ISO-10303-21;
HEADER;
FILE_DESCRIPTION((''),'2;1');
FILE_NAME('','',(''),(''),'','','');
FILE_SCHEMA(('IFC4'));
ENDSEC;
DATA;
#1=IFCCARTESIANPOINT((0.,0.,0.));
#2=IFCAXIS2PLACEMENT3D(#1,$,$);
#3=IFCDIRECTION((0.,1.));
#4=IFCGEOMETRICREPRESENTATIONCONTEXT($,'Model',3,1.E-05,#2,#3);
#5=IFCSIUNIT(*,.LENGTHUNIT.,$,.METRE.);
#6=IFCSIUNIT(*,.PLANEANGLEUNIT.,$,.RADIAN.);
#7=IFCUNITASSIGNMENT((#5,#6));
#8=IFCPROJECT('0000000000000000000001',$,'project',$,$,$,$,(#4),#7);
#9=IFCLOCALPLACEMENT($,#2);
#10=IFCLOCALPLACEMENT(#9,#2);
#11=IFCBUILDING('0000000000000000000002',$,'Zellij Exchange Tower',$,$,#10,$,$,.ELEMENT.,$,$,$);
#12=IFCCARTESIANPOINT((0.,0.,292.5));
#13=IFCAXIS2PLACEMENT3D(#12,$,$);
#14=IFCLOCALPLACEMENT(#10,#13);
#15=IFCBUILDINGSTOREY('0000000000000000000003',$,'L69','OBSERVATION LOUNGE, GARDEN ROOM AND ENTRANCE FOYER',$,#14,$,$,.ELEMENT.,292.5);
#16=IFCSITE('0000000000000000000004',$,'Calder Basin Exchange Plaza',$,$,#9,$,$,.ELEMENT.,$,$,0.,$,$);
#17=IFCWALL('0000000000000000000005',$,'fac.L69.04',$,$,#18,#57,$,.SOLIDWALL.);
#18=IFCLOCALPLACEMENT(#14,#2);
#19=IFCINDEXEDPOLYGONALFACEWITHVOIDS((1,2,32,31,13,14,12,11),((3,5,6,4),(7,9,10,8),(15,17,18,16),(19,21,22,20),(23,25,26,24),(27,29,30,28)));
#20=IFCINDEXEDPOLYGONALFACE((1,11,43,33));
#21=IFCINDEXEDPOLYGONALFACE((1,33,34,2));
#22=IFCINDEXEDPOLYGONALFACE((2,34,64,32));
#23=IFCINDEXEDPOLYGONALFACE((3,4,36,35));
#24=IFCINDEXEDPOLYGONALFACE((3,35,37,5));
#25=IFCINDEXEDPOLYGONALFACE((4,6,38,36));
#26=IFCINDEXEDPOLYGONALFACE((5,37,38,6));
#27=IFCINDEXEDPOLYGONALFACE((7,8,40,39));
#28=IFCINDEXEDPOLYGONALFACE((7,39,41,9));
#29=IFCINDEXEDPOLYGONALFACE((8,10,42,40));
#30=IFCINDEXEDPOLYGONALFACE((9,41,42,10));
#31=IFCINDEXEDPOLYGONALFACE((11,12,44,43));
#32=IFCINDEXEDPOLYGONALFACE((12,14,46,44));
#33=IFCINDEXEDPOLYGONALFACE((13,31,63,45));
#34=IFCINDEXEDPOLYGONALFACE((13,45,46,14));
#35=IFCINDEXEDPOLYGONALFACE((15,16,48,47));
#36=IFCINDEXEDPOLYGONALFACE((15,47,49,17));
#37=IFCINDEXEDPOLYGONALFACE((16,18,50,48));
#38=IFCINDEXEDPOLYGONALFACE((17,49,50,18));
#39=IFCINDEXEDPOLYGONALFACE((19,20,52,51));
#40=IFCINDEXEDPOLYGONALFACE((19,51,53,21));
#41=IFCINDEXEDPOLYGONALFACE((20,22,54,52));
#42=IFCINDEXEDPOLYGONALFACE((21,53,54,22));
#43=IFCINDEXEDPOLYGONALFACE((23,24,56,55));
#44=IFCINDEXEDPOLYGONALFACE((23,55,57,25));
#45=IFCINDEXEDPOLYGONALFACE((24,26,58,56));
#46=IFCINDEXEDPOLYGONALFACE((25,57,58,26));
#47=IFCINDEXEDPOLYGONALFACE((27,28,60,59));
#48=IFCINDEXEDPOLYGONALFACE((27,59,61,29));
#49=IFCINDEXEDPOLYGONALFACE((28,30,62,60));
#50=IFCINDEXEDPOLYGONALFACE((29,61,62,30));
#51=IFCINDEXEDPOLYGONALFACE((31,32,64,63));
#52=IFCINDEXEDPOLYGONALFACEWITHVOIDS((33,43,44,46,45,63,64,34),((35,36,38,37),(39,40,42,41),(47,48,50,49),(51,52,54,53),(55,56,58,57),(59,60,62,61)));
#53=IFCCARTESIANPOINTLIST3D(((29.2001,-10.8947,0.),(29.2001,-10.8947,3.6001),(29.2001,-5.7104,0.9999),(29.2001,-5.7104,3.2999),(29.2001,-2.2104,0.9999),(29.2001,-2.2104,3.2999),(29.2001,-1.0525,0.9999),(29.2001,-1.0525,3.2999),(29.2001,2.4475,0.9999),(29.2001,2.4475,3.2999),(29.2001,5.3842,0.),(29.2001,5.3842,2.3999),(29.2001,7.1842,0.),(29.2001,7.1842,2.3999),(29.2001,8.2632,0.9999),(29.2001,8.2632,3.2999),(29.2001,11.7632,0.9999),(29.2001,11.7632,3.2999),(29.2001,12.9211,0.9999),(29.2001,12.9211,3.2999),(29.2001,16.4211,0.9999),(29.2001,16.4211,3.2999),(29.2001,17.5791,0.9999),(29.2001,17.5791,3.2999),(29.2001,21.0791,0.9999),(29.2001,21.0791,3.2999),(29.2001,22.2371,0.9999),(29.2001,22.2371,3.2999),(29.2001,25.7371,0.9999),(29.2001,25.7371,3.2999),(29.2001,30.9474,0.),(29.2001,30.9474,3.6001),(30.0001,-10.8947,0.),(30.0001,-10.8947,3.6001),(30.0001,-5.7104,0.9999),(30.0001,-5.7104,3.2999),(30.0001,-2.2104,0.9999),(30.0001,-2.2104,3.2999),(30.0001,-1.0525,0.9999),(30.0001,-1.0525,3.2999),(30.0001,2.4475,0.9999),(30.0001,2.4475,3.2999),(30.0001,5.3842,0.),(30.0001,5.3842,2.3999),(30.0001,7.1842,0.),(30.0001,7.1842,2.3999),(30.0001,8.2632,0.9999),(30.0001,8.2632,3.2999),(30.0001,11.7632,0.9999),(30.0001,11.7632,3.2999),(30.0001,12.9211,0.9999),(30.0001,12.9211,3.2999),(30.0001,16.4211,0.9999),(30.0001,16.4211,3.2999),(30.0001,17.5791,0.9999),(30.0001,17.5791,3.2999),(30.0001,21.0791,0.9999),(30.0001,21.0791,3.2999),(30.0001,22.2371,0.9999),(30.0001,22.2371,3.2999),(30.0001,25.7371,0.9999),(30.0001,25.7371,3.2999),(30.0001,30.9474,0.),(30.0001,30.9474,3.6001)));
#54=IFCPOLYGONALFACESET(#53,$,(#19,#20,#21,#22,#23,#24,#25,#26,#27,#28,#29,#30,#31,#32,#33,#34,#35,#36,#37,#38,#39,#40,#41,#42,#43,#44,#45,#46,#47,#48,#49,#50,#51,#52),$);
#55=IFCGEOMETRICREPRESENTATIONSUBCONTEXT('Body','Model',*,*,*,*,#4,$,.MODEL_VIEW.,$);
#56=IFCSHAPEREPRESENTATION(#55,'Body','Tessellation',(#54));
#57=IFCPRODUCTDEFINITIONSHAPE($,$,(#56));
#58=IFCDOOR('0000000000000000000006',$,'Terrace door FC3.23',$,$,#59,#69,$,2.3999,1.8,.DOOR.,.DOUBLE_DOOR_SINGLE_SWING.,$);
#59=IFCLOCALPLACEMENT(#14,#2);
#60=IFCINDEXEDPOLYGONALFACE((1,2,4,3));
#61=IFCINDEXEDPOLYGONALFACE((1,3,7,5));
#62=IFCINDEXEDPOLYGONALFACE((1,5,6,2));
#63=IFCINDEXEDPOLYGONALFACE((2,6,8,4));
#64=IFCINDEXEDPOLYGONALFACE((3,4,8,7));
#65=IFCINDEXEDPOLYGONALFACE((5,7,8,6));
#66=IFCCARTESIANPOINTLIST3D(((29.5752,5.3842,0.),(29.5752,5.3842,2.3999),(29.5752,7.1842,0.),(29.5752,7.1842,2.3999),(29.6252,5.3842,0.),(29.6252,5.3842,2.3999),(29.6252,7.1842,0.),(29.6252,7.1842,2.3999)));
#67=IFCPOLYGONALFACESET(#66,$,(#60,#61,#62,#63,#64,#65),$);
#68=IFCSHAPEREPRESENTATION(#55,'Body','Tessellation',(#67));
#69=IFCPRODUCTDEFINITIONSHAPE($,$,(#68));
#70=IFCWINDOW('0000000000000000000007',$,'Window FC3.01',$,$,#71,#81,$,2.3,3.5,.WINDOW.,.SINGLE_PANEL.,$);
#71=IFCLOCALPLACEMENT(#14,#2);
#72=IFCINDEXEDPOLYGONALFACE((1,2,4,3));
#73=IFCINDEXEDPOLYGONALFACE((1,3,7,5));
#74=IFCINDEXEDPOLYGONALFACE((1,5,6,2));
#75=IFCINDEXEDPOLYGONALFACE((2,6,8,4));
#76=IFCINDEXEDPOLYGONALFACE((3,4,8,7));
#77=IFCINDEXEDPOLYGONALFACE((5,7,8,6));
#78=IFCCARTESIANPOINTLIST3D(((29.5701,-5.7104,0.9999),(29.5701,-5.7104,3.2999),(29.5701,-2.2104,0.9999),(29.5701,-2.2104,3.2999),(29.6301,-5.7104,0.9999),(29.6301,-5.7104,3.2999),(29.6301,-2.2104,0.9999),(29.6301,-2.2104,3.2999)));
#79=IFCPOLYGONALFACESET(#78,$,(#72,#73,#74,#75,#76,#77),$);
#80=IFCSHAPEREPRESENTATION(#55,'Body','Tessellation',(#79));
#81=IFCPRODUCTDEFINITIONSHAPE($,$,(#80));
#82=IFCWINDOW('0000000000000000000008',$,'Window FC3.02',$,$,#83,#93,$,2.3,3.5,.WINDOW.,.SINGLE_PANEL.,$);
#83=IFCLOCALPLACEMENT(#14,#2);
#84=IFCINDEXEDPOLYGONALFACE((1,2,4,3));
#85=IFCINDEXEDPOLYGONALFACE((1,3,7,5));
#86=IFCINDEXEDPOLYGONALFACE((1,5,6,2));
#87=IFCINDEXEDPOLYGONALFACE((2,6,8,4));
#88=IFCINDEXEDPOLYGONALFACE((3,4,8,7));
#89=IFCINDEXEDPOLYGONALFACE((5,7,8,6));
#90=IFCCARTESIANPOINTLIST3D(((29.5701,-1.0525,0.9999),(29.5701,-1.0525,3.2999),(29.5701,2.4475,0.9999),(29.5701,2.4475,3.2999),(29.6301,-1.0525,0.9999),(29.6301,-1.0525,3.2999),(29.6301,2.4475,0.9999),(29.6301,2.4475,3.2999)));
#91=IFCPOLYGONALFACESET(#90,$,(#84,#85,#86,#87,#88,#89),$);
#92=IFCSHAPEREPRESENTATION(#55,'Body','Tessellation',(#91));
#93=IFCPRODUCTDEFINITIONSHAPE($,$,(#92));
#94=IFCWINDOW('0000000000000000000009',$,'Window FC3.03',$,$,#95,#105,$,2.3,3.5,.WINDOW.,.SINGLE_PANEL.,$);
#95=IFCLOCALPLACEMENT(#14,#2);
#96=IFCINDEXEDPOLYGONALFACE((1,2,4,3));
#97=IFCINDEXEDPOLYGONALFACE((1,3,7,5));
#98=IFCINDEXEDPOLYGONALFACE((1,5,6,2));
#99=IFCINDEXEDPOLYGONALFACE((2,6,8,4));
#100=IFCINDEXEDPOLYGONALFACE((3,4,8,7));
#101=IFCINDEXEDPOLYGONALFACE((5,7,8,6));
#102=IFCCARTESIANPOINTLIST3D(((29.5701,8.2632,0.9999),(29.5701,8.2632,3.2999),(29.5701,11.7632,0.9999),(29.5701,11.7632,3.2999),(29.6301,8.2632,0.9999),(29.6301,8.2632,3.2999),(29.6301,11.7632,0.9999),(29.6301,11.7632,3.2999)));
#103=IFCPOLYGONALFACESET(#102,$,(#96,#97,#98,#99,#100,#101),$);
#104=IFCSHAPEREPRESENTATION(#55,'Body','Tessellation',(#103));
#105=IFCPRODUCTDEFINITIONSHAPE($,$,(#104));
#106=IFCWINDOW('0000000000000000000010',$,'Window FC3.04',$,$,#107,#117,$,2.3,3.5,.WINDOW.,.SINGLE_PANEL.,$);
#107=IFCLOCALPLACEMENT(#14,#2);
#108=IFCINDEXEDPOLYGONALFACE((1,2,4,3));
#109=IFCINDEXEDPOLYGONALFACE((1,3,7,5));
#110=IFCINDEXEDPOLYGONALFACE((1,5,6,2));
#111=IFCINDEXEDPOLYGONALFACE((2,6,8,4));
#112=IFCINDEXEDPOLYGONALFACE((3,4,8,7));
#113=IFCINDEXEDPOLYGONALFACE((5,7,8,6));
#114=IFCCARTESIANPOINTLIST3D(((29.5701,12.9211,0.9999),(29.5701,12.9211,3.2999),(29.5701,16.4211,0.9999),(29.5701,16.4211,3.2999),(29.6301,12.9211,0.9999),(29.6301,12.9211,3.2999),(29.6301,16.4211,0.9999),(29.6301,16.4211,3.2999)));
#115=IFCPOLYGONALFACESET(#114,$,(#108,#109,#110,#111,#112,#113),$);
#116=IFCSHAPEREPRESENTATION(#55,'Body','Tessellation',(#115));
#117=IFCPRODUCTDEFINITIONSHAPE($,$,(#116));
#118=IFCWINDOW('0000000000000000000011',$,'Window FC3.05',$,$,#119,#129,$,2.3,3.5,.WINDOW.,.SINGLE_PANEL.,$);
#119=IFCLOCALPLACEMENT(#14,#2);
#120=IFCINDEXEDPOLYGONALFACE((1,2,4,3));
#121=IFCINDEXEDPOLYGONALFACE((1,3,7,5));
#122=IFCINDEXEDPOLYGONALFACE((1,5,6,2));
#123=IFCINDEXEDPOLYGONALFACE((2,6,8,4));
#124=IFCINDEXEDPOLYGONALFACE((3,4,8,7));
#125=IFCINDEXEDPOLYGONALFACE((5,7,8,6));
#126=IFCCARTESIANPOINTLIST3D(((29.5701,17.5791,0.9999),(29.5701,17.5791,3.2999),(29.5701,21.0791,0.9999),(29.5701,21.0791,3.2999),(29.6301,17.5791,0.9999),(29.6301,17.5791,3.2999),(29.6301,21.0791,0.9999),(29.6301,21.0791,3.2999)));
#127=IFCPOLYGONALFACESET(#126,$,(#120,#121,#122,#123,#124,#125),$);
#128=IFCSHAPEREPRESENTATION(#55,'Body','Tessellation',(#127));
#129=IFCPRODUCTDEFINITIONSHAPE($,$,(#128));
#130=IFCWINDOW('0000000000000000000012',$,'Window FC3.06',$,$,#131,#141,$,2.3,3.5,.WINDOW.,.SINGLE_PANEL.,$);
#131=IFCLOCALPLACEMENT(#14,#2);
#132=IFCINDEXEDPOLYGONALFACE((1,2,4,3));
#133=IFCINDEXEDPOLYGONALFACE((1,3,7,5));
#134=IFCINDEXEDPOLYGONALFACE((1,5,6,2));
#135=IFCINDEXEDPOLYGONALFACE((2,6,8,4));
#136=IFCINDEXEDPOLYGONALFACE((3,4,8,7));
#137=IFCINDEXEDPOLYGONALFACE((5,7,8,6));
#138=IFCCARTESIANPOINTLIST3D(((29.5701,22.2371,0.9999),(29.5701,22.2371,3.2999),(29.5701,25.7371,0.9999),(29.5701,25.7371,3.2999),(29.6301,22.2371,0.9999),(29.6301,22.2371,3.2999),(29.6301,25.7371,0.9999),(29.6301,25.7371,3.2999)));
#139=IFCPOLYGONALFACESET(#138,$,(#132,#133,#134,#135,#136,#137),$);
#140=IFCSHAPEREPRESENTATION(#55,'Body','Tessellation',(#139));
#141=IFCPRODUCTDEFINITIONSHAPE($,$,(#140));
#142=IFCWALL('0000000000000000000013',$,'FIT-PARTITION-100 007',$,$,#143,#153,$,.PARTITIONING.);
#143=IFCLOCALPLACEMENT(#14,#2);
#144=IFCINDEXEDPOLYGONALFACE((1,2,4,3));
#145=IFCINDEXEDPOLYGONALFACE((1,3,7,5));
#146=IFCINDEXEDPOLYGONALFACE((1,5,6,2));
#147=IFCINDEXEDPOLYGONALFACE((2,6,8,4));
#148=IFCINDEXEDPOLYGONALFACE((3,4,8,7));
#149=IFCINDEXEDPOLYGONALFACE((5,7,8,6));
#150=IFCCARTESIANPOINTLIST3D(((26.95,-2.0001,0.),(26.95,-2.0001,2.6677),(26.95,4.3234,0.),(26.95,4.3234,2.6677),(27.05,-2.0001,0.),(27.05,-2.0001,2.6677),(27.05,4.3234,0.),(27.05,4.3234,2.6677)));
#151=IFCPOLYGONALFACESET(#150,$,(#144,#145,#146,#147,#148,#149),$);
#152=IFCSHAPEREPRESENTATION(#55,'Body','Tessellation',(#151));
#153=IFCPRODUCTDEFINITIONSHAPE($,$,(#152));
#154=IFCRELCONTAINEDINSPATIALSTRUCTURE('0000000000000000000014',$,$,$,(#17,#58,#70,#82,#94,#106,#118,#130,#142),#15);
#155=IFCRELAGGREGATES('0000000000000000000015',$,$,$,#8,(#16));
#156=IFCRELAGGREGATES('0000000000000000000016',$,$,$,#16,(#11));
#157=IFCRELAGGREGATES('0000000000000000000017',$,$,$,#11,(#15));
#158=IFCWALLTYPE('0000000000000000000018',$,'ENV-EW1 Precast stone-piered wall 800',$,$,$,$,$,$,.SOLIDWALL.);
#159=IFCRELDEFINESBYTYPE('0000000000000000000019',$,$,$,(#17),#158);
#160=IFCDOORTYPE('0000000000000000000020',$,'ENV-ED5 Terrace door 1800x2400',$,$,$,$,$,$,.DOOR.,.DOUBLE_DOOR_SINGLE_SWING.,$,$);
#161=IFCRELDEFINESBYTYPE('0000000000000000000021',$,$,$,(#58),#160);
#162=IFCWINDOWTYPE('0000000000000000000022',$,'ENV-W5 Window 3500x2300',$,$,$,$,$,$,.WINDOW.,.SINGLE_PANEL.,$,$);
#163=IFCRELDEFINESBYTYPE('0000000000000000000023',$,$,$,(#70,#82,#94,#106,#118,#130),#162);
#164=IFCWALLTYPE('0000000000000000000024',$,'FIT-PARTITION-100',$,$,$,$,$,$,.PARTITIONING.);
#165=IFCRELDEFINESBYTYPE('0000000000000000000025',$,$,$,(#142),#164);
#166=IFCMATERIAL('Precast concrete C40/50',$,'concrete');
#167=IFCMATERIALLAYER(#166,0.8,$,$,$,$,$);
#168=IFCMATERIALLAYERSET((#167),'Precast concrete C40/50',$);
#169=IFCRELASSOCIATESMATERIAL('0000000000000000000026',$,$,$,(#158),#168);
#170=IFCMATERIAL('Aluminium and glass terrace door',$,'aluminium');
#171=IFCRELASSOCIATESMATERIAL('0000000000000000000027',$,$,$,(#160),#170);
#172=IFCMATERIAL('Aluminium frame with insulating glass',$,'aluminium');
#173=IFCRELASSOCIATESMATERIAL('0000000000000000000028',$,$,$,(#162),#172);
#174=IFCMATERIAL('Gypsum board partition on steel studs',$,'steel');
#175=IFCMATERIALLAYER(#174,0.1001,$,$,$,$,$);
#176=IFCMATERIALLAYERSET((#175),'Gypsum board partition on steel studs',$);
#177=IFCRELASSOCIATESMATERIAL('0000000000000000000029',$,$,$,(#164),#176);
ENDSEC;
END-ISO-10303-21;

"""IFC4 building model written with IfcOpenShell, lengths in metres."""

from ifc_helpers import new_model, si_unit, direction, frame, frame_2d, origin, place, context, subcontext, project, spatial, rectangle, extrude, material, layer, layer_set, type_object, element, fill, save


model = new_model("IFC4")

# Units and contexts
model_context = context("Model", 3, precision=1e-05, world=origin(), true_north=direction((0.0, 1.0)))
body_context = subcontext(model_context, "Body", "Model", "MODEL_VIEW")
ifc_project = project(units=[si_unit("LENGTHUNIT", "METRE"), si_unit("PLANEANGLEUNIT", "RADIAN")], contexts=[model_context])

# Site, building, storey
site_placement = place(None, origin())
site = spatial("IfcSite", under=ifc_project, at=site_placement, Name="Calder Basin Exchange Plaza", CompositionType="ELEMENT", RefElevation=0.0)
building_placement = place(site_placement, origin())
building = spatial("IfcBuilding", under=site, at=building_placement, Name="Zellij Exchange Tower", CompositionType="ELEMENT")
storey_placement = place(building_placement, frame((0.0, 0.0, 292.5)))
storey = spatial("IfcBuildingStorey", under=building, at=storey_placement, Name="L69", Description="OBSERVATION LOUNGE, GARDEN ROOM AND ENTRANCE FOYER", CompositionType="ELEMENT", Elevation=292.5)

# Shared definitions
ifc_material_1 = material(Name="Precast concrete C40/50", Category="concrete")
ifc_layer_1 = layer(ifc_material_1, 0.8)
ifc_layer_set_1 = layer_set([ifc_layer_1], Name="Precast concrete C40/50")
wall_type_1 = type_object("IfcWallType", Name="ENV-EW1 Precast stone-piered wall 800", PredefinedType="SOLIDWALL", material=ifc_layer_set_1)

# Wall, openings, door, windows
wall_1_placement = place(storey_placement, frame((29.6001, -10.8945, 0.0), z_axis=(0.0, 0.0, 1.0), x_axis=(0.0, 1.0, 0.0)))
wall_1 = element("IfcWall", 1, at=wall_1_placement, inside=storey, type_object=wall_type_1, Name="fac.L69.04", PredefinedType="SOLIDWALL", context=body_context, shape_type="SweptSolid", body=[
    extrude(rectangle(XDim=41.842, YDim=0.8, at=frame_2d((20.9209, 0.0))), origin(), (0.0, 0.0, 1.0), 3.6001),
])
opening_1_placement = place(wall_1_placement, frame((5.1841, 0.0, 1.0)))
opening_1 = element("IfcOpeningElement", 2, at=opening_1_placement, cuts=wall_1, PredefinedType="OPENING", context=body_context, shape_type="SweptSolid", body=[
    extrude(rectangle(XDim=3.5, YDim=2.3, at=frame_2d((1.75, 1.1499))), frame((0.0, 0.4121, 0.0), z_axis=(0.0, -1.0, 0.0), x_axis=(1.0, 0.0, 0.0)), (0.0, 0.0, 1.0), 0.824),
])
opening_2_placement = place(wall_1_placement, frame((9.842, 0.0, 1.0)))
opening_2 = element("IfcOpeningElement", 3, at=opening_2_placement, cuts=wall_1, PredefinedType="OPENING", context=body_context, shape_type="SweptSolid", body=[
    extrude(rectangle(XDim=3.5, YDim=2.3, at=frame_2d((1.75, 1.1499))), frame((0.0, 0.4121, 0.0), z_axis=(0.0, -1.0, 0.0), x_axis=(1.0, 0.0, 0.0)), (0.0, 0.0, 1.0), 0.824),
])
opening_3_placement = place(wall_1_placement, frame((19.1577, 0.0, 1.0)))
opening_3 = element("IfcOpeningElement", 4, at=opening_3_placement, cuts=wall_1, PredefinedType="OPENING", context=body_context, shape_type="SweptSolid", body=[
    extrude(rectangle(XDim=3.5, YDim=2.3, at=frame_2d((1.75, 1.1499))), frame((0.0, 0.4121, 0.0), z_axis=(0.0, -1.0, 0.0), x_axis=(1.0, 0.0, 0.0)), (0.0, 0.0, 1.0), 0.824),
])
opening_4_placement = place(wall_1_placement, frame((23.8157, 0.0, 1.0)))
opening_4 = element("IfcOpeningElement", 5, at=opening_4_placement, cuts=wall_1, PredefinedType="OPENING", context=body_context, shape_type="SweptSolid", body=[
    extrude(rectangle(XDim=3.5, YDim=2.3, at=frame_2d((1.75, 1.1499))), frame((0.0, 0.4121, 0.0), z_axis=(0.0, -1.0, 0.0), x_axis=(1.0, 0.0, 0.0)), (0.0, 0.0, 1.0), 0.824),
])
opening_5_placement = place(wall_1_placement, frame((28.4736, 0.0, 1.0)))
opening_5 = element("IfcOpeningElement", 6, at=opening_5_placement, cuts=wall_1, PredefinedType="OPENING", context=body_context, shape_type="SweptSolid", body=[
    extrude(rectangle(XDim=3.5, YDim=2.3, at=frame_2d((1.75, 1.1499))), frame((0.0, 0.4121, 0.0), z_axis=(0.0, -1.0, 0.0), x_axis=(1.0, 0.0, 0.0)), (0.0, 0.0, 1.0), 0.824),
])
opening_6_placement = place(wall_1_placement, frame((33.1316, 0.0, 1.0)))
opening_6 = element("IfcOpeningElement", 7, at=opening_6_placement, cuts=wall_1, PredefinedType="OPENING", context=body_context, shape_type="SweptSolid", body=[
    extrude(rectangle(XDim=3.5, YDim=2.3, at=frame_2d((1.75, 1.1499))), frame((0.0, 0.4121, 0.0), z_axis=(0.0, -1.0, 0.0), x_axis=(1.0, 0.0, 0.0)), (0.0, 0.0, 1.0), 0.824),
])
opening_7_placement = place(wall_1_placement, frame((16.2788, 0.0, 0.0)))
opening_7 = element("IfcOpeningElement", 8, at=opening_7_placement, cuts=wall_1, PredefinedType="OPENING", context=body_context, shape_type="SweptSolid", body=[
    extrude(rectangle(XDim=1.8, YDim=2.3999, at=frame_2d((0.8999, 1.2))), frame((0.0, 0.4121, 0.0), z_axis=(0.0, -1.0, 0.0), x_axis=(1.0, 0.0, 0.0)), (0.0, 0.0, 1.0), 0.824),
])
ifc_material_2 = material(Name="Aluminium and glass terrace door", Category="aluminium")
door_type_1 = type_object("IfcDoorType", Name="ENV-ED5 Terrace door 1800x2400", OperationType="DOUBLE_DOOR_SINGLE_SWING", PredefinedType="DOOR", material=ifc_material_2)
door_1_placement = place(opening_7_placement, origin())
door_1 = element("IfcDoor", 9, at=door_1_placement, inside=storey, type_object=door_type_1, Name="Terrace door FC3.23", OperationType="DOUBLE_DOOR_SINGLE_SWING", OverallHeight=2.3999, OverallWidth=1.8, PredefinedType="DOOR", context=body_context, shape_type="SweptSolid", body=[
    extrude(rectangle(XDim=1.8, YDim=2.3999, at=frame_2d((0.8999, 1.2))), frame((0.0, 0.0249, 0.0), z_axis=(0.0, -1.0, 0.0), x_axis=(1.0, 0.0, 0.0)), (0.0, 0.0, 1.0), 0.05),
])
fill(opening_7, door_1)
ifc_material_3 = material(Name="Aluminium frame with insulating glass", Category="aluminium")
window_type = type_object("IfcWindowType", Name="ENV-W5 Window 3500x2300", PartitioningType="SINGLE_PANEL", PredefinedType="WINDOW", material=ifc_material_3)
window_1_placement = place(opening_1_placement, origin())
window_1 = element("IfcWindow", 10, at=window_1_placement, inside=storey, type_object=window_type, Name="Window FC3.01", OverallHeight=2.3, OverallWidth=3.5, PartitioningType="SINGLE_PANEL", PredefinedType="WINDOW", context=body_context, shape_type="SweptSolid", body=[
    extrude(rectangle(XDim=3.5, YDim=2.3, at=frame_2d((1.75, 1.1499))), frame((0.0, 0.03, 0.0), z_axis=(0.0, -1.0, 0.0), x_axis=(1.0, 0.0, 0.0)), (0.0, 0.0, 1.0), 0.0601),
])
fill(opening_1, window_1)
window_2_placement = place(opening_2_placement, origin())
window_2 = element("IfcWindow", 11, at=window_2_placement, inside=storey, type_object=window_type, Name="Window FC3.02", OverallHeight=2.3, OverallWidth=3.5, PartitioningType="SINGLE_PANEL", PredefinedType="WINDOW", context=body_context, shape_type="SweptSolid", body=[
    extrude(rectangle(XDim=3.5, YDim=2.3, at=frame_2d((1.75, 1.1499))), frame((0.0, 0.03, 0.0), z_axis=(0.0, -1.0, 0.0), x_axis=(1.0, 0.0, 0.0)), (0.0, 0.0, 1.0), 0.0601),
])
fill(opening_2, window_2)
window_3_placement = place(opening_3_placement, origin())
window_3 = element("IfcWindow", 12, at=window_3_placement, inside=storey, type_object=window_type, Name="Window FC3.03", OverallHeight=2.3, OverallWidth=3.5, PartitioningType="SINGLE_PANEL", PredefinedType="WINDOW", context=body_context, shape_type="SweptSolid", body=[
    extrude(rectangle(XDim=3.5, YDim=2.3, at=frame_2d((1.75, 1.1499))), frame((0.0, 0.03, 0.0), z_axis=(0.0, -1.0, 0.0), x_axis=(1.0, 0.0, 0.0)), (0.0, 0.0, 1.0), 0.0601),
])
fill(opening_3, window_3)
window_4_placement = place(opening_4_placement, origin())
window_4 = element("IfcWindow", 13, at=window_4_placement, inside=storey, type_object=window_type, Name="Window FC3.04", OverallHeight=2.3, OverallWidth=3.5, PartitioningType="SINGLE_PANEL", PredefinedType="WINDOW", context=body_context, shape_type="SweptSolid", body=[
    extrude(rectangle(XDim=3.5, YDim=2.3, at=frame_2d((1.75, 1.1499))), frame((0.0, 0.03, 0.0), z_axis=(0.0, -1.0, 0.0), x_axis=(1.0, 0.0, 0.0)), (0.0, 0.0, 1.0), 0.0601),
])
fill(opening_4, window_4)
window_5_placement = place(opening_5_placement, origin())
window_5 = element("IfcWindow", 14, at=window_5_placement, inside=storey, type_object=window_type, Name="Window FC3.05", OverallHeight=2.3, OverallWidth=3.5, PartitioningType="SINGLE_PANEL", PredefinedType="WINDOW", context=body_context, shape_type="SweptSolid", body=[
    extrude(rectangle(XDim=3.5, YDim=2.3, at=frame_2d((1.75, 1.1499))), frame((0.0, 0.03, 0.0), z_axis=(0.0, -1.0, 0.0), x_axis=(1.0, 0.0, 0.0)), (0.0, 0.0, 1.0), 0.0601),
])
fill(opening_5, window_5)
window_6_placement = place(opening_6_placement, origin())
window_6 = element("IfcWindow", 15, at=window_6_placement, inside=storey, type_object=window_type, Name="Window FC3.06", OverallHeight=2.3, OverallWidth=3.5, PartitioningType="SINGLE_PANEL", PredefinedType="WINDOW", context=body_context, shape_type="SweptSolid", body=[
    extrude(rectangle(XDim=3.5, YDim=2.3, at=frame_2d((1.75, 1.1499))), frame((0.0, 0.03, 0.0), z_axis=(0.0, -1.0, 0.0), x_axis=(1.0, 0.0, 0.0)), (0.0, 0.0, 1.0), 0.0601),
])
fill(opening_6, window_6)

# Wall
ifc_material_4 = material(Name="Gypsum board partition on steel studs", Category="steel")
ifc_layer_2 = layer(ifc_material_4, 0.1001)
ifc_layer_set_2 = layer_set([ifc_layer_2], Name="Gypsum board partition on steel studs")
wall_type_2 = type_object("IfcWallType", Name="FIT-PARTITION-100", PredefinedType="PARTITIONING", material=ifc_layer_set_2)
wall_2_placement = place(storey_placement, frame((27.0, -2.0, 0.0), z_axis=(0.0, 0.0, 1.0), x_axis=(0.0, 1.0, 0.0)))
element("IfcWall", 16, at=wall_2_placement, inside=storey, type_object=wall_type_2, Name="FIT-PARTITION-100 007", PredefinedType="PARTITIONING", context=body_context, shape_type="SweptSolid", body=[
    extrude(rectangle(XDim=6.3235, YDim=0.1001, at=frame_2d((3.1616, 0.0))), origin(), (0.0, 0.0, 1.0), 2.6677),
])

save(model, "model.ifc")
